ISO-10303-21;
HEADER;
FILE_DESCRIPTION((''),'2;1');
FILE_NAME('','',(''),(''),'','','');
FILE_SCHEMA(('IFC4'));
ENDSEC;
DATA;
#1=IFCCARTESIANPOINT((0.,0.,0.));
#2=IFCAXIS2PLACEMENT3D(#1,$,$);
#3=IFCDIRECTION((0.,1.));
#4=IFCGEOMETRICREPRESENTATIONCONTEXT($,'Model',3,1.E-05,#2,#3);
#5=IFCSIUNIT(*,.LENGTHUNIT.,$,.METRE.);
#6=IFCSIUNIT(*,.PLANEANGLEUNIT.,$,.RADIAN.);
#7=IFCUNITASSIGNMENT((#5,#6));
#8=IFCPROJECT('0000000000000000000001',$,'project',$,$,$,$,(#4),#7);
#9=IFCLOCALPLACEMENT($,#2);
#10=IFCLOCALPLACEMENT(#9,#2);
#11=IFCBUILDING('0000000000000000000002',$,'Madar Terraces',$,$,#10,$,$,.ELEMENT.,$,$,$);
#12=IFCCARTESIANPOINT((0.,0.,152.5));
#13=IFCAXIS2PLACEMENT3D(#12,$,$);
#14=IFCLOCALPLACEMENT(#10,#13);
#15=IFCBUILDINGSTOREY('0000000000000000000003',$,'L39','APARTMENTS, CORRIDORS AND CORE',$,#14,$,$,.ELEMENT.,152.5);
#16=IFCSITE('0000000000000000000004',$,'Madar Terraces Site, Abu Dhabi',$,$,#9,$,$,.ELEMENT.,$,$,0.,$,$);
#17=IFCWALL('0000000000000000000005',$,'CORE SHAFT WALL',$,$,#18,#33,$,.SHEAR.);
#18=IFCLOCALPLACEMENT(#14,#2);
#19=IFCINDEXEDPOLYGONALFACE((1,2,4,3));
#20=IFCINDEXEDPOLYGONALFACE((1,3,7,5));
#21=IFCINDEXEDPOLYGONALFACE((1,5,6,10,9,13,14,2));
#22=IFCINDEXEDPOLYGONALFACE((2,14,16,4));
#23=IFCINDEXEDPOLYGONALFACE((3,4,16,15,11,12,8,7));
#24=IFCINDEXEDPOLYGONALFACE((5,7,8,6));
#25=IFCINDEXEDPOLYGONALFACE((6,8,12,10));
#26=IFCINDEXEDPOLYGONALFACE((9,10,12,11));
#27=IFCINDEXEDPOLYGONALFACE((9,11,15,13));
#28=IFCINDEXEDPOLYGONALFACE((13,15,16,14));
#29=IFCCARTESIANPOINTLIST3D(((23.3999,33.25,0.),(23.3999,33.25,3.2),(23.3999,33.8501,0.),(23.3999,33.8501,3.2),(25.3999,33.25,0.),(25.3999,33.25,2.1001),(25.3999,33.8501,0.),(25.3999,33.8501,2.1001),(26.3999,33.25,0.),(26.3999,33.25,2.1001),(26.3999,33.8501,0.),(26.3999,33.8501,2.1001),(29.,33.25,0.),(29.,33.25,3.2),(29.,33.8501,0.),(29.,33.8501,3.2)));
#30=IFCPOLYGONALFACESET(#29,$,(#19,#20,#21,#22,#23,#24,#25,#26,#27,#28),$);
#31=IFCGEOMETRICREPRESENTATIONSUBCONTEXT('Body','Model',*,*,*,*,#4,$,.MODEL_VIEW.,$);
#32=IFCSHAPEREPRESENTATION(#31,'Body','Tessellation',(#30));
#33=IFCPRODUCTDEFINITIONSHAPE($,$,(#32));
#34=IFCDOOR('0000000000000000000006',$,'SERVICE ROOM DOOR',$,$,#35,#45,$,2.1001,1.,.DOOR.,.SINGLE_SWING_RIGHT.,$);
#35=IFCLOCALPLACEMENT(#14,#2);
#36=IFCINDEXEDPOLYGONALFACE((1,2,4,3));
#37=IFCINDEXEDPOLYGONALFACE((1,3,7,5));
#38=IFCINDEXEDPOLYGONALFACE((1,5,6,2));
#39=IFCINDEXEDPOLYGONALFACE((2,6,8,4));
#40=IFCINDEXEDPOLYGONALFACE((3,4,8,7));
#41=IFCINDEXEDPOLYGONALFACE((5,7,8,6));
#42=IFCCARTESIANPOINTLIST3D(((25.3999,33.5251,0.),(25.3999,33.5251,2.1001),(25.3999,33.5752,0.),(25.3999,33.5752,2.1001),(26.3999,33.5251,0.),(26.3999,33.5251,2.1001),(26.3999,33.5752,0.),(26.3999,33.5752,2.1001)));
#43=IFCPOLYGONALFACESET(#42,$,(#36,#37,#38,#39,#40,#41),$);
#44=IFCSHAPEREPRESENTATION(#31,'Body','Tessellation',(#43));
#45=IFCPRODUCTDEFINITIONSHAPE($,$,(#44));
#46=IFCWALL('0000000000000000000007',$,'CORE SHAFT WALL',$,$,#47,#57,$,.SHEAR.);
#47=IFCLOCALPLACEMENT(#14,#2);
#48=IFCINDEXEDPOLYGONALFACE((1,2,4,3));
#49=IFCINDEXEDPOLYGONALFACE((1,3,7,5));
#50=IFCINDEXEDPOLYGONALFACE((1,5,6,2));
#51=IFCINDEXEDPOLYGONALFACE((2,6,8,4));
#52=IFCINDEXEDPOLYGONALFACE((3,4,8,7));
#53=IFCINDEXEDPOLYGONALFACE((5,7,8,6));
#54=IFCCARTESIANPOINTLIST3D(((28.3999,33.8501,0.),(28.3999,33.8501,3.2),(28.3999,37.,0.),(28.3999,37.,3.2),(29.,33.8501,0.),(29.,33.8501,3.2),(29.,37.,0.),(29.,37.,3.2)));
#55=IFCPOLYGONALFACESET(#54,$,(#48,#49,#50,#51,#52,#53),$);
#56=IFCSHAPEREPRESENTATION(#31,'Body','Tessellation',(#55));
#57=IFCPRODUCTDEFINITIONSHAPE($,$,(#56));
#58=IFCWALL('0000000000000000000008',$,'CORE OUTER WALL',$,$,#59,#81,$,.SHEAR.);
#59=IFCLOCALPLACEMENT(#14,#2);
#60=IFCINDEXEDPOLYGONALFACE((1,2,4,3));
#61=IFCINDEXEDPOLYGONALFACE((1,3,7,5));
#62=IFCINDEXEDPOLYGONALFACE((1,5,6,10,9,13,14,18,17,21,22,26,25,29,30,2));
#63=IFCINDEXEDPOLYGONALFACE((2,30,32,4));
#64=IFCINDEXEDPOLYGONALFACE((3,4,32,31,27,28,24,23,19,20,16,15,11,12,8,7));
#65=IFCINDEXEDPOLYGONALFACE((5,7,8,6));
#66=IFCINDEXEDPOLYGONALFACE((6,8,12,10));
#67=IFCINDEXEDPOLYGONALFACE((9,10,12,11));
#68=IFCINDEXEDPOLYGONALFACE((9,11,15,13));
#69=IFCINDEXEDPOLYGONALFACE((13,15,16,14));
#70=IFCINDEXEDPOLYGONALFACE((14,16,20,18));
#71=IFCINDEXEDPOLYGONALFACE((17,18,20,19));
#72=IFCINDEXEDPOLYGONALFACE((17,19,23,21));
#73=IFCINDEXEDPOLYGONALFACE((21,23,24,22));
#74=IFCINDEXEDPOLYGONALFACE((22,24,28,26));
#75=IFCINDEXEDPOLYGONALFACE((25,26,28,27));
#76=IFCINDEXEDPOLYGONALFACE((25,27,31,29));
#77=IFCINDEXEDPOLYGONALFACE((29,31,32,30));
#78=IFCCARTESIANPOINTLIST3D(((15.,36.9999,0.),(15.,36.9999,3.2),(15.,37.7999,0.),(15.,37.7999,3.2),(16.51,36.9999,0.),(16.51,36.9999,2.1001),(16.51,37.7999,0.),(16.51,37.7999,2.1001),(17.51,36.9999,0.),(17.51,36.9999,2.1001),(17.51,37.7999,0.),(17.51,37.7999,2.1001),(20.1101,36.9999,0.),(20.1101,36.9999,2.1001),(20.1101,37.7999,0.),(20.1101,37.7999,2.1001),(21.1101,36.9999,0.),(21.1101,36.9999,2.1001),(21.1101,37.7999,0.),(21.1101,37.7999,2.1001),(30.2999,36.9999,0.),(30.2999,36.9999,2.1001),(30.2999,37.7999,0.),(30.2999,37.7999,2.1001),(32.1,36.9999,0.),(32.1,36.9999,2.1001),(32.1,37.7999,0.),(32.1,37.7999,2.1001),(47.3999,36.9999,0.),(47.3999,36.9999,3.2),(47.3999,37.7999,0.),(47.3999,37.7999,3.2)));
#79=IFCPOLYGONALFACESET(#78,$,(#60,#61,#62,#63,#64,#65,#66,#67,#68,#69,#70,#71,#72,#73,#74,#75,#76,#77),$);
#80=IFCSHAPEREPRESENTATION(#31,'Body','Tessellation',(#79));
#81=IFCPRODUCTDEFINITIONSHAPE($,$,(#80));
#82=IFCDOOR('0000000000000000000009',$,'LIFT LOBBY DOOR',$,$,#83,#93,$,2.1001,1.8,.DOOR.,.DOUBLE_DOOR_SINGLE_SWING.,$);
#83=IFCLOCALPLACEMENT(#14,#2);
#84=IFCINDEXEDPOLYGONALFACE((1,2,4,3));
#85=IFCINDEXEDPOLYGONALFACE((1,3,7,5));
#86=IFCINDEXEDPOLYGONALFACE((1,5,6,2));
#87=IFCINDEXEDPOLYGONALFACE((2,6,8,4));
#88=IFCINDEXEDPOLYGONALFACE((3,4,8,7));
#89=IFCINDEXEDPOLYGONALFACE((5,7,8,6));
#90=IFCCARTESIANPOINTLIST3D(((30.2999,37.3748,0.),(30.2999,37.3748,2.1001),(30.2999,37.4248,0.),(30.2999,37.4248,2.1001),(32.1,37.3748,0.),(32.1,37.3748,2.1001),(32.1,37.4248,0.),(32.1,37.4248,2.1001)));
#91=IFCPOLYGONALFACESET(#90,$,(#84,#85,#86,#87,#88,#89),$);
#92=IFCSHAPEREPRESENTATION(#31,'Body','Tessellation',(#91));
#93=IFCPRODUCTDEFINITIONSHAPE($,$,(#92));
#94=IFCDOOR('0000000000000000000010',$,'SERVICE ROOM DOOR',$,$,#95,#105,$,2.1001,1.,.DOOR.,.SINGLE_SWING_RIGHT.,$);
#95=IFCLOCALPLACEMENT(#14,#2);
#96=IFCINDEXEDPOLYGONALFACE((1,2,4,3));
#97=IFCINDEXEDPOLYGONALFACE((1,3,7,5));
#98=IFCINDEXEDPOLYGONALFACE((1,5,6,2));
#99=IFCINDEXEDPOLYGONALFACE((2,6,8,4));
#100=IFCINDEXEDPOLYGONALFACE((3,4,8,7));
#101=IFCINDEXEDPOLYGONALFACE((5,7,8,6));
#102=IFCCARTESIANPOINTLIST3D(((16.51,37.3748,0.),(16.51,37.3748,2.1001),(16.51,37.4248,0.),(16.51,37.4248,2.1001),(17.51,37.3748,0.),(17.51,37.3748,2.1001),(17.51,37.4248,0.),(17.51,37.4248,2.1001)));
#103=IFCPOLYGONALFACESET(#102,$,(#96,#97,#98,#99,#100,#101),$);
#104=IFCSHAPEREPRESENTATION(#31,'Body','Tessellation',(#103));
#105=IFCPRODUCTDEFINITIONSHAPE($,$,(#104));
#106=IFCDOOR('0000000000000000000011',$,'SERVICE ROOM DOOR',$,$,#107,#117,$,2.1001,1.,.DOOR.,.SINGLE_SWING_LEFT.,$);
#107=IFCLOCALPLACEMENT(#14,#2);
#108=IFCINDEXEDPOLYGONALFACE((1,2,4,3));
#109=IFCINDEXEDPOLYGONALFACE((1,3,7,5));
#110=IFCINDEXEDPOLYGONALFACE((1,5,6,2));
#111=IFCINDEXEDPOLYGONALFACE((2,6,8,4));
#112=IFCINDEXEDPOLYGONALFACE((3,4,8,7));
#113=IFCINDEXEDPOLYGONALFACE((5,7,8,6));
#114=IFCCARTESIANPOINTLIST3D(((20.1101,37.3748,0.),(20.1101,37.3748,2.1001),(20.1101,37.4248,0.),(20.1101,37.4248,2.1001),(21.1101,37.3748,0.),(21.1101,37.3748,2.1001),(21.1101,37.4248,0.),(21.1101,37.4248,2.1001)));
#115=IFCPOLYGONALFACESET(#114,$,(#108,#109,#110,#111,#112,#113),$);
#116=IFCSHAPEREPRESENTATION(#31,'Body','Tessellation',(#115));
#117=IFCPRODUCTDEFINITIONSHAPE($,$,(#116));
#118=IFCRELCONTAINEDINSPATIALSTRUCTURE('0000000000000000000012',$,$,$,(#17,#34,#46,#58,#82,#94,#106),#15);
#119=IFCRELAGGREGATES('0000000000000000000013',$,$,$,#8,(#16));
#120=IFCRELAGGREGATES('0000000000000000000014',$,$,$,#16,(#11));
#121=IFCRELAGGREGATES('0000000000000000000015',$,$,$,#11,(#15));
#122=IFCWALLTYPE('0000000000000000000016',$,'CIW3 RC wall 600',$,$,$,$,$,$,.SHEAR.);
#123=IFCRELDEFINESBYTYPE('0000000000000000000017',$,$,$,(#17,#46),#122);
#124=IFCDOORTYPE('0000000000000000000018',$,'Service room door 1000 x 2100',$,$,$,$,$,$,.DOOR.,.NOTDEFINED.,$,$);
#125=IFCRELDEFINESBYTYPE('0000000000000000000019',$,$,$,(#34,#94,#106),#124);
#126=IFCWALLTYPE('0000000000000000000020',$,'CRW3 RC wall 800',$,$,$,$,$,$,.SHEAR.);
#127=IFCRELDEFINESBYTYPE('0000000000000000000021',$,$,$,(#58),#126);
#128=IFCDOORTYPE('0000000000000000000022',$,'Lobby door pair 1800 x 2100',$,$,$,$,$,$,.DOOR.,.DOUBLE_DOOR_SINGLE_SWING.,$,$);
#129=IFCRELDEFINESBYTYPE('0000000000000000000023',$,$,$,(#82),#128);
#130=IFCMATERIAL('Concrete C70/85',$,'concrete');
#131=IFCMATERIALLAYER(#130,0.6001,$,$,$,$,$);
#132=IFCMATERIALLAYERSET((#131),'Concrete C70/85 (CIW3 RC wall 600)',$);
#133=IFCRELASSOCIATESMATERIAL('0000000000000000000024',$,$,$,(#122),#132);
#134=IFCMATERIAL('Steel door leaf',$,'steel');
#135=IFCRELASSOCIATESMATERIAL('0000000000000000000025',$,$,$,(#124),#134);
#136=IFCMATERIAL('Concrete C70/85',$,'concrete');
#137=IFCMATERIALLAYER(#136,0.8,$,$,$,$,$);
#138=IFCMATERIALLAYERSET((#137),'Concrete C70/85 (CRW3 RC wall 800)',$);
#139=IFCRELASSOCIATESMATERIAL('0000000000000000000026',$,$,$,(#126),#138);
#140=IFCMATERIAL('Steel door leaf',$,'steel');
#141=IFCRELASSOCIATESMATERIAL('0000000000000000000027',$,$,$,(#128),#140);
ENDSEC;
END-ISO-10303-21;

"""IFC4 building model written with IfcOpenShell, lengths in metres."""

from ifc_helpers import new_model, si_unit, direction, frame, frame_2d, origin, place, context, subcontext, project, spatial, rectangle, extrude, material, layer, layer_set, type_object, element, fill, save


model = new_model("IFC4")

# Units and contexts
model_context = context("Model", 3, precision=1e-05, world=origin(), true_north=direction((0.0, 1.0)))
body_context = subcontext(model_context, "Body", "Model", "MODEL_VIEW")
ifc_project = project(units=[si_unit("LENGTHUNIT", "METRE"), si_unit("PLANEANGLEUNIT", "RADIAN")], contexts=[model_context])

# Site, building, storey
site_placement = place(None, origin())
site = spatial("IfcSite", under=ifc_project, at=site_placement, Name="Madar Terraces Site, Abu Dhabi", CompositionType="ELEMENT", RefElevation=0.0)
building_placement = place(site_placement, origin())
building = spatial("IfcBuilding", under=site, at=building_placement, Name="Madar Terraces", CompositionType="ELEMENT")
storey_placement = place(building_placement, frame((0.0, 0.0, 152.5)))
storey = spatial("IfcBuildingStorey", under=building, at=storey_placement, Name="L39", Description="APARTMENTS, CORRIDORS AND CORE", CompositionType="ELEMENT", Elevation=152.5)

# Wall, opening, door
ifc_material_1 = material(Name="Concrete C70/85", Category="concrete")
ifc_layer_1 = layer(ifc_material_1, 0.6001)
ifc_layer_set_1 = layer_set([ifc_layer_1], Name="Concrete C70/85 (CIW3 RC wall 600)")
wall_type_1 = type_object("IfcWallType", Name="CIW3 RC wall 600", PredefinedType="SHEAR", material=ifc_layer_set_1)
wall_1_placement = place(storey_placement, frame((23.3999, 33.55, 0.0), z_axis=(0.0, 0.0, 1.0), x_axis=(1.0, 0.0, 0.0)))
wall_1 = element("IfcWall", 1, at=wall_1_placement, inside=storey, type_object=wall_type_1, Name="CORE SHAFT WALL", PredefinedType="SHEAR", context=body_context, shape_type="SweptSolid", body=[
    extrude(rectangle(XDim=5.6001, YDim=0.6001, at=frame_2d((2.8, 0.0))), origin(), (0.0, 0.0, 1.0), 3.2),
])
opening_1_placement = place(wall_1_placement, frame((2.0, 0.0, 0.0)))
opening_1 = element("IfcOpeningElement", 2, at=opening_1_placement, cuts=wall_1, PredefinedType="OPENING", context=body_context, shape_type="SweptSolid", body=[
    extrude(rectangle(XDim=1.0, YDim=2.1001, at=frame_2d((0.5, 1.05))), frame((0.0, 0.3101, 0.0), z_axis=(0.0, -1.0, 0.0), x_axis=(1.0, 0.0, 0.0)), (0.0, 0.0, 1.0), 0.6201),
])
ifc_material_2 = material(Name="Steel door leaf", Category="steel")
door_type_1 = type_object("IfcDoorType", Name="Service room door 1000 x 2100", OperationType="NOTDEFINED", PredefinedType="DOOR", material=ifc_material_2)
door_1_placement = place(opening_1_placement, frame((1.0, 0.0, 0.0), z_axis=(0.0, 0.0, 1.0), x_axis=(-1.0, 0.0, 0.0)))
door_1 = element("IfcDoor", 3, at=door_1_placement, inside=storey, type_object=door_type_1, Name="SERVICE ROOM DOOR", OperationType="SINGLE_SWING_RIGHT", OverallHeight=2.1001, OverallWidth=1.0, PredefinedType="DOOR", context=body_context, shape_type="SweptSolid", body=[
    extrude(rectangle(XDim=1.0, YDim=2.1001, at=frame_2d((0.5, 1.05))), frame((0.0, 0.0249, 0.0), z_axis=(0.0, -1.0, 0.0), x_axis=(1.0, 0.0, 0.0)), (0.0, 0.0, 1.0), 0.05),
])
fill(opening_1, door_1)

# Wall
wall_2_placement = place(storey_placement, frame((28.7, 33.8501, 0.0), z_axis=(0.0, 0.0, 1.0), x_axis=(0.0, 1.0, 0.0)))
element("IfcWall", 4, at=wall_2_placement, inside=storey, type_object=wall_type_1, Name="CORE SHAFT WALL", PredefinedType="SHEAR", context=body_context, shape_type="SweptSolid", body=[
    extrude(rectangle(XDim=3.1499, YDim=0.6001, at=frame_2d((1.575, 0.0))), origin(), (0.0, 0.0, 1.0), 3.2),
])

# Wall, openings, doors
ifc_material_3 = material(Name="Concrete C70/85", Category="concrete")
ifc_layer_2 = layer(ifc_material_3, 0.8)
ifc_layer_set_2 = layer_set([ifc_layer_2], Name="Concrete C70/85 (CRW3 RC wall 800)")
wall_type_2 = type_object("IfcWallType", Name="CRW3 RC wall 800", PredefinedType="SHEAR", material=ifc_layer_set_2)
wall_3_placement = place(storey_placement, frame((15.0, 37.3999, 0.0), z_axis=(0.0, 0.0, 1.0), x_axis=(1.0, 0.0, 0.0)))
wall_3 = element("IfcWall", 5, at=wall_3_placement, inside=storey, type_object=wall_type_2, Name="CORE OUTER WALL", PredefinedType="SHEAR", context=body_context, shape_type="SweptSolid", body=[
    extrude(rectangle(XDim=32.3999, YDim=0.8, at=frame_2d((16.2, 0.0))), origin(), (0.0, 0.0, 1.0), 3.2),
])
opening_2_placement = place(wall_3_placement, frame((15.3, 0.0, 0.0)))
opening_2 = element("IfcOpeningElement", 6, at=opening_2_placement, cuts=wall_3, PredefinedType="OPENING", context=body_context, shape_type="SweptSolid", body=[
    extrude(rectangle(XDim=1.8, YDim=2.1001, at=frame_2d((0.8999, 1.05))), frame((0.0, 0.4099, 0.0), z_axis=(0.0, -1.0, 0.0), x_axis=(1.0, 0.0, 0.0)), (0.0, 0.0, 1.0), 0.8201),
])
opening_3_placement = place(wall_3_placement, frame((1.51, 0.0, 0.0)))
opening_3 = element("IfcOpeningElement", 7, at=opening_3_placement, cuts=wall_3, PredefinedType="OPENING", context=body_context, shape_type="SweptSolid", body=[
    extrude(rectangle(XDim=1.0, YDim=2.1001, at=frame_2d((0.5, 1.05))), frame((0.0, 0.4099, 0.0), z_axis=(0.0, -1.0, 0.0), x_axis=(1.0, 0.0, 0.0)), (0.0, 0.0, 1.0), 0.8201),
])
opening_4_placement = place(wall_3_placement, frame((5.1101, 0.0, 0.0)))
opening_4 = element("IfcOpeningElement", 8, at=opening_4_placement, cuts=wall_3, PredefinedType="OPENING", context=body_context, shape_type="SweptSolid", body=[
    extrude(rectangle(XDim=1.0, YDim=2.1001, at=frame_2d((0.5, 1.05))), frame((0.0, 0.4099, 0.0), z_axis=(0.0, -1.0, 0.0), x_axis=(1.0, 0.0, 0.0)), (0.0, 0.0, 1.0), 0.8201),
])
ifc_material_4 = material(Name="Steel door leaf", Category="steel")
door_type_2 = type_object("IfcDoorType", Name="Lobby door pair 1800 x 2100", OperationType="DOUBLE_DOOR_SINGLE_SWING", PredefinedType="DOOR", material=ifc_material_4)
door_2_placement = place(opening_2_placement, origin())
door_2 = element("IfcDoor", 9, at=door_2_placement, inside=storey, type_object=door_type_2, Name="LIFT LOBBY DOOR", OperationType="DOUBLE_DOOR_SINGLE_SWING", OverallHeight=2.1001, OverallWidth=1.8, PredefinedType="DOOR", context=body_context, shape_type="SweptSolid", body=[
    extrude(rectangle(XDim=1.8, YDim=2.1001, at=frame_2d((0.8999, 1.05))), frame((0.0, 0.0249, 0.0), z_axis=(0.0, -1.0, 0.0), x_axis=(1.0, 0.0, 0.0)), (0.0, 0.0, 1.0), 0.05),
])
fill(opening_2, door_2)
door_3_placement = place(opening_3_placement, origin())
door_3 = element("IfcDoor", 10, at=door_3_placement, inside=storey, type_object=door_type_1, Name="SERVICE ROOM DOOR", OperationType="SINGLE_SWING_RIGHT", OverallHeight=2.1001, OverallWidth=1.0, PredefinedType="DOOR", context=body_context, shape_type="SweptSolid", body=[
    extrude(rectangle(XDim=1.0, YDim=2.1001, at=frame_2d((0.5, 1.05))), frame((0.0, 0.0249, 0.0), z_axis=(0.0, -1.0, 0.0), x_axis=(1.0, 0.0, 0.0)), (0.0, 0.0, 1.0), 0.05),
])
fill(opening_3, door_3)
door_4_placement = place(opening_4_placement, origin())
door_4 = element("IfcDoor", 11, at=door_4_placement, inside=storey, type_object=door_type_1, Name="SERVICE ROOM DOOR", OperationType="SINGLE_SWING_LEFT", OverallHeight=2.1001, OverallWidth=1.0, PredefinedType="DOOR", context=body_context, shape_type="SweptSolid", body=[
    extrude(rectangle(XDim=1.0, YDim=2.1001, at=frame_2d((0.5, 1.05))), frame((0.0, 0.0249, 0.0), z_axis=(0.0, -1.0, 0.0), x_axis=(1.0, 0.0, 0.0)), (0.0, 0.0, 1.0), 0.05),
])
fill(opening_4, door_4)

save(model, "model.ifc")
